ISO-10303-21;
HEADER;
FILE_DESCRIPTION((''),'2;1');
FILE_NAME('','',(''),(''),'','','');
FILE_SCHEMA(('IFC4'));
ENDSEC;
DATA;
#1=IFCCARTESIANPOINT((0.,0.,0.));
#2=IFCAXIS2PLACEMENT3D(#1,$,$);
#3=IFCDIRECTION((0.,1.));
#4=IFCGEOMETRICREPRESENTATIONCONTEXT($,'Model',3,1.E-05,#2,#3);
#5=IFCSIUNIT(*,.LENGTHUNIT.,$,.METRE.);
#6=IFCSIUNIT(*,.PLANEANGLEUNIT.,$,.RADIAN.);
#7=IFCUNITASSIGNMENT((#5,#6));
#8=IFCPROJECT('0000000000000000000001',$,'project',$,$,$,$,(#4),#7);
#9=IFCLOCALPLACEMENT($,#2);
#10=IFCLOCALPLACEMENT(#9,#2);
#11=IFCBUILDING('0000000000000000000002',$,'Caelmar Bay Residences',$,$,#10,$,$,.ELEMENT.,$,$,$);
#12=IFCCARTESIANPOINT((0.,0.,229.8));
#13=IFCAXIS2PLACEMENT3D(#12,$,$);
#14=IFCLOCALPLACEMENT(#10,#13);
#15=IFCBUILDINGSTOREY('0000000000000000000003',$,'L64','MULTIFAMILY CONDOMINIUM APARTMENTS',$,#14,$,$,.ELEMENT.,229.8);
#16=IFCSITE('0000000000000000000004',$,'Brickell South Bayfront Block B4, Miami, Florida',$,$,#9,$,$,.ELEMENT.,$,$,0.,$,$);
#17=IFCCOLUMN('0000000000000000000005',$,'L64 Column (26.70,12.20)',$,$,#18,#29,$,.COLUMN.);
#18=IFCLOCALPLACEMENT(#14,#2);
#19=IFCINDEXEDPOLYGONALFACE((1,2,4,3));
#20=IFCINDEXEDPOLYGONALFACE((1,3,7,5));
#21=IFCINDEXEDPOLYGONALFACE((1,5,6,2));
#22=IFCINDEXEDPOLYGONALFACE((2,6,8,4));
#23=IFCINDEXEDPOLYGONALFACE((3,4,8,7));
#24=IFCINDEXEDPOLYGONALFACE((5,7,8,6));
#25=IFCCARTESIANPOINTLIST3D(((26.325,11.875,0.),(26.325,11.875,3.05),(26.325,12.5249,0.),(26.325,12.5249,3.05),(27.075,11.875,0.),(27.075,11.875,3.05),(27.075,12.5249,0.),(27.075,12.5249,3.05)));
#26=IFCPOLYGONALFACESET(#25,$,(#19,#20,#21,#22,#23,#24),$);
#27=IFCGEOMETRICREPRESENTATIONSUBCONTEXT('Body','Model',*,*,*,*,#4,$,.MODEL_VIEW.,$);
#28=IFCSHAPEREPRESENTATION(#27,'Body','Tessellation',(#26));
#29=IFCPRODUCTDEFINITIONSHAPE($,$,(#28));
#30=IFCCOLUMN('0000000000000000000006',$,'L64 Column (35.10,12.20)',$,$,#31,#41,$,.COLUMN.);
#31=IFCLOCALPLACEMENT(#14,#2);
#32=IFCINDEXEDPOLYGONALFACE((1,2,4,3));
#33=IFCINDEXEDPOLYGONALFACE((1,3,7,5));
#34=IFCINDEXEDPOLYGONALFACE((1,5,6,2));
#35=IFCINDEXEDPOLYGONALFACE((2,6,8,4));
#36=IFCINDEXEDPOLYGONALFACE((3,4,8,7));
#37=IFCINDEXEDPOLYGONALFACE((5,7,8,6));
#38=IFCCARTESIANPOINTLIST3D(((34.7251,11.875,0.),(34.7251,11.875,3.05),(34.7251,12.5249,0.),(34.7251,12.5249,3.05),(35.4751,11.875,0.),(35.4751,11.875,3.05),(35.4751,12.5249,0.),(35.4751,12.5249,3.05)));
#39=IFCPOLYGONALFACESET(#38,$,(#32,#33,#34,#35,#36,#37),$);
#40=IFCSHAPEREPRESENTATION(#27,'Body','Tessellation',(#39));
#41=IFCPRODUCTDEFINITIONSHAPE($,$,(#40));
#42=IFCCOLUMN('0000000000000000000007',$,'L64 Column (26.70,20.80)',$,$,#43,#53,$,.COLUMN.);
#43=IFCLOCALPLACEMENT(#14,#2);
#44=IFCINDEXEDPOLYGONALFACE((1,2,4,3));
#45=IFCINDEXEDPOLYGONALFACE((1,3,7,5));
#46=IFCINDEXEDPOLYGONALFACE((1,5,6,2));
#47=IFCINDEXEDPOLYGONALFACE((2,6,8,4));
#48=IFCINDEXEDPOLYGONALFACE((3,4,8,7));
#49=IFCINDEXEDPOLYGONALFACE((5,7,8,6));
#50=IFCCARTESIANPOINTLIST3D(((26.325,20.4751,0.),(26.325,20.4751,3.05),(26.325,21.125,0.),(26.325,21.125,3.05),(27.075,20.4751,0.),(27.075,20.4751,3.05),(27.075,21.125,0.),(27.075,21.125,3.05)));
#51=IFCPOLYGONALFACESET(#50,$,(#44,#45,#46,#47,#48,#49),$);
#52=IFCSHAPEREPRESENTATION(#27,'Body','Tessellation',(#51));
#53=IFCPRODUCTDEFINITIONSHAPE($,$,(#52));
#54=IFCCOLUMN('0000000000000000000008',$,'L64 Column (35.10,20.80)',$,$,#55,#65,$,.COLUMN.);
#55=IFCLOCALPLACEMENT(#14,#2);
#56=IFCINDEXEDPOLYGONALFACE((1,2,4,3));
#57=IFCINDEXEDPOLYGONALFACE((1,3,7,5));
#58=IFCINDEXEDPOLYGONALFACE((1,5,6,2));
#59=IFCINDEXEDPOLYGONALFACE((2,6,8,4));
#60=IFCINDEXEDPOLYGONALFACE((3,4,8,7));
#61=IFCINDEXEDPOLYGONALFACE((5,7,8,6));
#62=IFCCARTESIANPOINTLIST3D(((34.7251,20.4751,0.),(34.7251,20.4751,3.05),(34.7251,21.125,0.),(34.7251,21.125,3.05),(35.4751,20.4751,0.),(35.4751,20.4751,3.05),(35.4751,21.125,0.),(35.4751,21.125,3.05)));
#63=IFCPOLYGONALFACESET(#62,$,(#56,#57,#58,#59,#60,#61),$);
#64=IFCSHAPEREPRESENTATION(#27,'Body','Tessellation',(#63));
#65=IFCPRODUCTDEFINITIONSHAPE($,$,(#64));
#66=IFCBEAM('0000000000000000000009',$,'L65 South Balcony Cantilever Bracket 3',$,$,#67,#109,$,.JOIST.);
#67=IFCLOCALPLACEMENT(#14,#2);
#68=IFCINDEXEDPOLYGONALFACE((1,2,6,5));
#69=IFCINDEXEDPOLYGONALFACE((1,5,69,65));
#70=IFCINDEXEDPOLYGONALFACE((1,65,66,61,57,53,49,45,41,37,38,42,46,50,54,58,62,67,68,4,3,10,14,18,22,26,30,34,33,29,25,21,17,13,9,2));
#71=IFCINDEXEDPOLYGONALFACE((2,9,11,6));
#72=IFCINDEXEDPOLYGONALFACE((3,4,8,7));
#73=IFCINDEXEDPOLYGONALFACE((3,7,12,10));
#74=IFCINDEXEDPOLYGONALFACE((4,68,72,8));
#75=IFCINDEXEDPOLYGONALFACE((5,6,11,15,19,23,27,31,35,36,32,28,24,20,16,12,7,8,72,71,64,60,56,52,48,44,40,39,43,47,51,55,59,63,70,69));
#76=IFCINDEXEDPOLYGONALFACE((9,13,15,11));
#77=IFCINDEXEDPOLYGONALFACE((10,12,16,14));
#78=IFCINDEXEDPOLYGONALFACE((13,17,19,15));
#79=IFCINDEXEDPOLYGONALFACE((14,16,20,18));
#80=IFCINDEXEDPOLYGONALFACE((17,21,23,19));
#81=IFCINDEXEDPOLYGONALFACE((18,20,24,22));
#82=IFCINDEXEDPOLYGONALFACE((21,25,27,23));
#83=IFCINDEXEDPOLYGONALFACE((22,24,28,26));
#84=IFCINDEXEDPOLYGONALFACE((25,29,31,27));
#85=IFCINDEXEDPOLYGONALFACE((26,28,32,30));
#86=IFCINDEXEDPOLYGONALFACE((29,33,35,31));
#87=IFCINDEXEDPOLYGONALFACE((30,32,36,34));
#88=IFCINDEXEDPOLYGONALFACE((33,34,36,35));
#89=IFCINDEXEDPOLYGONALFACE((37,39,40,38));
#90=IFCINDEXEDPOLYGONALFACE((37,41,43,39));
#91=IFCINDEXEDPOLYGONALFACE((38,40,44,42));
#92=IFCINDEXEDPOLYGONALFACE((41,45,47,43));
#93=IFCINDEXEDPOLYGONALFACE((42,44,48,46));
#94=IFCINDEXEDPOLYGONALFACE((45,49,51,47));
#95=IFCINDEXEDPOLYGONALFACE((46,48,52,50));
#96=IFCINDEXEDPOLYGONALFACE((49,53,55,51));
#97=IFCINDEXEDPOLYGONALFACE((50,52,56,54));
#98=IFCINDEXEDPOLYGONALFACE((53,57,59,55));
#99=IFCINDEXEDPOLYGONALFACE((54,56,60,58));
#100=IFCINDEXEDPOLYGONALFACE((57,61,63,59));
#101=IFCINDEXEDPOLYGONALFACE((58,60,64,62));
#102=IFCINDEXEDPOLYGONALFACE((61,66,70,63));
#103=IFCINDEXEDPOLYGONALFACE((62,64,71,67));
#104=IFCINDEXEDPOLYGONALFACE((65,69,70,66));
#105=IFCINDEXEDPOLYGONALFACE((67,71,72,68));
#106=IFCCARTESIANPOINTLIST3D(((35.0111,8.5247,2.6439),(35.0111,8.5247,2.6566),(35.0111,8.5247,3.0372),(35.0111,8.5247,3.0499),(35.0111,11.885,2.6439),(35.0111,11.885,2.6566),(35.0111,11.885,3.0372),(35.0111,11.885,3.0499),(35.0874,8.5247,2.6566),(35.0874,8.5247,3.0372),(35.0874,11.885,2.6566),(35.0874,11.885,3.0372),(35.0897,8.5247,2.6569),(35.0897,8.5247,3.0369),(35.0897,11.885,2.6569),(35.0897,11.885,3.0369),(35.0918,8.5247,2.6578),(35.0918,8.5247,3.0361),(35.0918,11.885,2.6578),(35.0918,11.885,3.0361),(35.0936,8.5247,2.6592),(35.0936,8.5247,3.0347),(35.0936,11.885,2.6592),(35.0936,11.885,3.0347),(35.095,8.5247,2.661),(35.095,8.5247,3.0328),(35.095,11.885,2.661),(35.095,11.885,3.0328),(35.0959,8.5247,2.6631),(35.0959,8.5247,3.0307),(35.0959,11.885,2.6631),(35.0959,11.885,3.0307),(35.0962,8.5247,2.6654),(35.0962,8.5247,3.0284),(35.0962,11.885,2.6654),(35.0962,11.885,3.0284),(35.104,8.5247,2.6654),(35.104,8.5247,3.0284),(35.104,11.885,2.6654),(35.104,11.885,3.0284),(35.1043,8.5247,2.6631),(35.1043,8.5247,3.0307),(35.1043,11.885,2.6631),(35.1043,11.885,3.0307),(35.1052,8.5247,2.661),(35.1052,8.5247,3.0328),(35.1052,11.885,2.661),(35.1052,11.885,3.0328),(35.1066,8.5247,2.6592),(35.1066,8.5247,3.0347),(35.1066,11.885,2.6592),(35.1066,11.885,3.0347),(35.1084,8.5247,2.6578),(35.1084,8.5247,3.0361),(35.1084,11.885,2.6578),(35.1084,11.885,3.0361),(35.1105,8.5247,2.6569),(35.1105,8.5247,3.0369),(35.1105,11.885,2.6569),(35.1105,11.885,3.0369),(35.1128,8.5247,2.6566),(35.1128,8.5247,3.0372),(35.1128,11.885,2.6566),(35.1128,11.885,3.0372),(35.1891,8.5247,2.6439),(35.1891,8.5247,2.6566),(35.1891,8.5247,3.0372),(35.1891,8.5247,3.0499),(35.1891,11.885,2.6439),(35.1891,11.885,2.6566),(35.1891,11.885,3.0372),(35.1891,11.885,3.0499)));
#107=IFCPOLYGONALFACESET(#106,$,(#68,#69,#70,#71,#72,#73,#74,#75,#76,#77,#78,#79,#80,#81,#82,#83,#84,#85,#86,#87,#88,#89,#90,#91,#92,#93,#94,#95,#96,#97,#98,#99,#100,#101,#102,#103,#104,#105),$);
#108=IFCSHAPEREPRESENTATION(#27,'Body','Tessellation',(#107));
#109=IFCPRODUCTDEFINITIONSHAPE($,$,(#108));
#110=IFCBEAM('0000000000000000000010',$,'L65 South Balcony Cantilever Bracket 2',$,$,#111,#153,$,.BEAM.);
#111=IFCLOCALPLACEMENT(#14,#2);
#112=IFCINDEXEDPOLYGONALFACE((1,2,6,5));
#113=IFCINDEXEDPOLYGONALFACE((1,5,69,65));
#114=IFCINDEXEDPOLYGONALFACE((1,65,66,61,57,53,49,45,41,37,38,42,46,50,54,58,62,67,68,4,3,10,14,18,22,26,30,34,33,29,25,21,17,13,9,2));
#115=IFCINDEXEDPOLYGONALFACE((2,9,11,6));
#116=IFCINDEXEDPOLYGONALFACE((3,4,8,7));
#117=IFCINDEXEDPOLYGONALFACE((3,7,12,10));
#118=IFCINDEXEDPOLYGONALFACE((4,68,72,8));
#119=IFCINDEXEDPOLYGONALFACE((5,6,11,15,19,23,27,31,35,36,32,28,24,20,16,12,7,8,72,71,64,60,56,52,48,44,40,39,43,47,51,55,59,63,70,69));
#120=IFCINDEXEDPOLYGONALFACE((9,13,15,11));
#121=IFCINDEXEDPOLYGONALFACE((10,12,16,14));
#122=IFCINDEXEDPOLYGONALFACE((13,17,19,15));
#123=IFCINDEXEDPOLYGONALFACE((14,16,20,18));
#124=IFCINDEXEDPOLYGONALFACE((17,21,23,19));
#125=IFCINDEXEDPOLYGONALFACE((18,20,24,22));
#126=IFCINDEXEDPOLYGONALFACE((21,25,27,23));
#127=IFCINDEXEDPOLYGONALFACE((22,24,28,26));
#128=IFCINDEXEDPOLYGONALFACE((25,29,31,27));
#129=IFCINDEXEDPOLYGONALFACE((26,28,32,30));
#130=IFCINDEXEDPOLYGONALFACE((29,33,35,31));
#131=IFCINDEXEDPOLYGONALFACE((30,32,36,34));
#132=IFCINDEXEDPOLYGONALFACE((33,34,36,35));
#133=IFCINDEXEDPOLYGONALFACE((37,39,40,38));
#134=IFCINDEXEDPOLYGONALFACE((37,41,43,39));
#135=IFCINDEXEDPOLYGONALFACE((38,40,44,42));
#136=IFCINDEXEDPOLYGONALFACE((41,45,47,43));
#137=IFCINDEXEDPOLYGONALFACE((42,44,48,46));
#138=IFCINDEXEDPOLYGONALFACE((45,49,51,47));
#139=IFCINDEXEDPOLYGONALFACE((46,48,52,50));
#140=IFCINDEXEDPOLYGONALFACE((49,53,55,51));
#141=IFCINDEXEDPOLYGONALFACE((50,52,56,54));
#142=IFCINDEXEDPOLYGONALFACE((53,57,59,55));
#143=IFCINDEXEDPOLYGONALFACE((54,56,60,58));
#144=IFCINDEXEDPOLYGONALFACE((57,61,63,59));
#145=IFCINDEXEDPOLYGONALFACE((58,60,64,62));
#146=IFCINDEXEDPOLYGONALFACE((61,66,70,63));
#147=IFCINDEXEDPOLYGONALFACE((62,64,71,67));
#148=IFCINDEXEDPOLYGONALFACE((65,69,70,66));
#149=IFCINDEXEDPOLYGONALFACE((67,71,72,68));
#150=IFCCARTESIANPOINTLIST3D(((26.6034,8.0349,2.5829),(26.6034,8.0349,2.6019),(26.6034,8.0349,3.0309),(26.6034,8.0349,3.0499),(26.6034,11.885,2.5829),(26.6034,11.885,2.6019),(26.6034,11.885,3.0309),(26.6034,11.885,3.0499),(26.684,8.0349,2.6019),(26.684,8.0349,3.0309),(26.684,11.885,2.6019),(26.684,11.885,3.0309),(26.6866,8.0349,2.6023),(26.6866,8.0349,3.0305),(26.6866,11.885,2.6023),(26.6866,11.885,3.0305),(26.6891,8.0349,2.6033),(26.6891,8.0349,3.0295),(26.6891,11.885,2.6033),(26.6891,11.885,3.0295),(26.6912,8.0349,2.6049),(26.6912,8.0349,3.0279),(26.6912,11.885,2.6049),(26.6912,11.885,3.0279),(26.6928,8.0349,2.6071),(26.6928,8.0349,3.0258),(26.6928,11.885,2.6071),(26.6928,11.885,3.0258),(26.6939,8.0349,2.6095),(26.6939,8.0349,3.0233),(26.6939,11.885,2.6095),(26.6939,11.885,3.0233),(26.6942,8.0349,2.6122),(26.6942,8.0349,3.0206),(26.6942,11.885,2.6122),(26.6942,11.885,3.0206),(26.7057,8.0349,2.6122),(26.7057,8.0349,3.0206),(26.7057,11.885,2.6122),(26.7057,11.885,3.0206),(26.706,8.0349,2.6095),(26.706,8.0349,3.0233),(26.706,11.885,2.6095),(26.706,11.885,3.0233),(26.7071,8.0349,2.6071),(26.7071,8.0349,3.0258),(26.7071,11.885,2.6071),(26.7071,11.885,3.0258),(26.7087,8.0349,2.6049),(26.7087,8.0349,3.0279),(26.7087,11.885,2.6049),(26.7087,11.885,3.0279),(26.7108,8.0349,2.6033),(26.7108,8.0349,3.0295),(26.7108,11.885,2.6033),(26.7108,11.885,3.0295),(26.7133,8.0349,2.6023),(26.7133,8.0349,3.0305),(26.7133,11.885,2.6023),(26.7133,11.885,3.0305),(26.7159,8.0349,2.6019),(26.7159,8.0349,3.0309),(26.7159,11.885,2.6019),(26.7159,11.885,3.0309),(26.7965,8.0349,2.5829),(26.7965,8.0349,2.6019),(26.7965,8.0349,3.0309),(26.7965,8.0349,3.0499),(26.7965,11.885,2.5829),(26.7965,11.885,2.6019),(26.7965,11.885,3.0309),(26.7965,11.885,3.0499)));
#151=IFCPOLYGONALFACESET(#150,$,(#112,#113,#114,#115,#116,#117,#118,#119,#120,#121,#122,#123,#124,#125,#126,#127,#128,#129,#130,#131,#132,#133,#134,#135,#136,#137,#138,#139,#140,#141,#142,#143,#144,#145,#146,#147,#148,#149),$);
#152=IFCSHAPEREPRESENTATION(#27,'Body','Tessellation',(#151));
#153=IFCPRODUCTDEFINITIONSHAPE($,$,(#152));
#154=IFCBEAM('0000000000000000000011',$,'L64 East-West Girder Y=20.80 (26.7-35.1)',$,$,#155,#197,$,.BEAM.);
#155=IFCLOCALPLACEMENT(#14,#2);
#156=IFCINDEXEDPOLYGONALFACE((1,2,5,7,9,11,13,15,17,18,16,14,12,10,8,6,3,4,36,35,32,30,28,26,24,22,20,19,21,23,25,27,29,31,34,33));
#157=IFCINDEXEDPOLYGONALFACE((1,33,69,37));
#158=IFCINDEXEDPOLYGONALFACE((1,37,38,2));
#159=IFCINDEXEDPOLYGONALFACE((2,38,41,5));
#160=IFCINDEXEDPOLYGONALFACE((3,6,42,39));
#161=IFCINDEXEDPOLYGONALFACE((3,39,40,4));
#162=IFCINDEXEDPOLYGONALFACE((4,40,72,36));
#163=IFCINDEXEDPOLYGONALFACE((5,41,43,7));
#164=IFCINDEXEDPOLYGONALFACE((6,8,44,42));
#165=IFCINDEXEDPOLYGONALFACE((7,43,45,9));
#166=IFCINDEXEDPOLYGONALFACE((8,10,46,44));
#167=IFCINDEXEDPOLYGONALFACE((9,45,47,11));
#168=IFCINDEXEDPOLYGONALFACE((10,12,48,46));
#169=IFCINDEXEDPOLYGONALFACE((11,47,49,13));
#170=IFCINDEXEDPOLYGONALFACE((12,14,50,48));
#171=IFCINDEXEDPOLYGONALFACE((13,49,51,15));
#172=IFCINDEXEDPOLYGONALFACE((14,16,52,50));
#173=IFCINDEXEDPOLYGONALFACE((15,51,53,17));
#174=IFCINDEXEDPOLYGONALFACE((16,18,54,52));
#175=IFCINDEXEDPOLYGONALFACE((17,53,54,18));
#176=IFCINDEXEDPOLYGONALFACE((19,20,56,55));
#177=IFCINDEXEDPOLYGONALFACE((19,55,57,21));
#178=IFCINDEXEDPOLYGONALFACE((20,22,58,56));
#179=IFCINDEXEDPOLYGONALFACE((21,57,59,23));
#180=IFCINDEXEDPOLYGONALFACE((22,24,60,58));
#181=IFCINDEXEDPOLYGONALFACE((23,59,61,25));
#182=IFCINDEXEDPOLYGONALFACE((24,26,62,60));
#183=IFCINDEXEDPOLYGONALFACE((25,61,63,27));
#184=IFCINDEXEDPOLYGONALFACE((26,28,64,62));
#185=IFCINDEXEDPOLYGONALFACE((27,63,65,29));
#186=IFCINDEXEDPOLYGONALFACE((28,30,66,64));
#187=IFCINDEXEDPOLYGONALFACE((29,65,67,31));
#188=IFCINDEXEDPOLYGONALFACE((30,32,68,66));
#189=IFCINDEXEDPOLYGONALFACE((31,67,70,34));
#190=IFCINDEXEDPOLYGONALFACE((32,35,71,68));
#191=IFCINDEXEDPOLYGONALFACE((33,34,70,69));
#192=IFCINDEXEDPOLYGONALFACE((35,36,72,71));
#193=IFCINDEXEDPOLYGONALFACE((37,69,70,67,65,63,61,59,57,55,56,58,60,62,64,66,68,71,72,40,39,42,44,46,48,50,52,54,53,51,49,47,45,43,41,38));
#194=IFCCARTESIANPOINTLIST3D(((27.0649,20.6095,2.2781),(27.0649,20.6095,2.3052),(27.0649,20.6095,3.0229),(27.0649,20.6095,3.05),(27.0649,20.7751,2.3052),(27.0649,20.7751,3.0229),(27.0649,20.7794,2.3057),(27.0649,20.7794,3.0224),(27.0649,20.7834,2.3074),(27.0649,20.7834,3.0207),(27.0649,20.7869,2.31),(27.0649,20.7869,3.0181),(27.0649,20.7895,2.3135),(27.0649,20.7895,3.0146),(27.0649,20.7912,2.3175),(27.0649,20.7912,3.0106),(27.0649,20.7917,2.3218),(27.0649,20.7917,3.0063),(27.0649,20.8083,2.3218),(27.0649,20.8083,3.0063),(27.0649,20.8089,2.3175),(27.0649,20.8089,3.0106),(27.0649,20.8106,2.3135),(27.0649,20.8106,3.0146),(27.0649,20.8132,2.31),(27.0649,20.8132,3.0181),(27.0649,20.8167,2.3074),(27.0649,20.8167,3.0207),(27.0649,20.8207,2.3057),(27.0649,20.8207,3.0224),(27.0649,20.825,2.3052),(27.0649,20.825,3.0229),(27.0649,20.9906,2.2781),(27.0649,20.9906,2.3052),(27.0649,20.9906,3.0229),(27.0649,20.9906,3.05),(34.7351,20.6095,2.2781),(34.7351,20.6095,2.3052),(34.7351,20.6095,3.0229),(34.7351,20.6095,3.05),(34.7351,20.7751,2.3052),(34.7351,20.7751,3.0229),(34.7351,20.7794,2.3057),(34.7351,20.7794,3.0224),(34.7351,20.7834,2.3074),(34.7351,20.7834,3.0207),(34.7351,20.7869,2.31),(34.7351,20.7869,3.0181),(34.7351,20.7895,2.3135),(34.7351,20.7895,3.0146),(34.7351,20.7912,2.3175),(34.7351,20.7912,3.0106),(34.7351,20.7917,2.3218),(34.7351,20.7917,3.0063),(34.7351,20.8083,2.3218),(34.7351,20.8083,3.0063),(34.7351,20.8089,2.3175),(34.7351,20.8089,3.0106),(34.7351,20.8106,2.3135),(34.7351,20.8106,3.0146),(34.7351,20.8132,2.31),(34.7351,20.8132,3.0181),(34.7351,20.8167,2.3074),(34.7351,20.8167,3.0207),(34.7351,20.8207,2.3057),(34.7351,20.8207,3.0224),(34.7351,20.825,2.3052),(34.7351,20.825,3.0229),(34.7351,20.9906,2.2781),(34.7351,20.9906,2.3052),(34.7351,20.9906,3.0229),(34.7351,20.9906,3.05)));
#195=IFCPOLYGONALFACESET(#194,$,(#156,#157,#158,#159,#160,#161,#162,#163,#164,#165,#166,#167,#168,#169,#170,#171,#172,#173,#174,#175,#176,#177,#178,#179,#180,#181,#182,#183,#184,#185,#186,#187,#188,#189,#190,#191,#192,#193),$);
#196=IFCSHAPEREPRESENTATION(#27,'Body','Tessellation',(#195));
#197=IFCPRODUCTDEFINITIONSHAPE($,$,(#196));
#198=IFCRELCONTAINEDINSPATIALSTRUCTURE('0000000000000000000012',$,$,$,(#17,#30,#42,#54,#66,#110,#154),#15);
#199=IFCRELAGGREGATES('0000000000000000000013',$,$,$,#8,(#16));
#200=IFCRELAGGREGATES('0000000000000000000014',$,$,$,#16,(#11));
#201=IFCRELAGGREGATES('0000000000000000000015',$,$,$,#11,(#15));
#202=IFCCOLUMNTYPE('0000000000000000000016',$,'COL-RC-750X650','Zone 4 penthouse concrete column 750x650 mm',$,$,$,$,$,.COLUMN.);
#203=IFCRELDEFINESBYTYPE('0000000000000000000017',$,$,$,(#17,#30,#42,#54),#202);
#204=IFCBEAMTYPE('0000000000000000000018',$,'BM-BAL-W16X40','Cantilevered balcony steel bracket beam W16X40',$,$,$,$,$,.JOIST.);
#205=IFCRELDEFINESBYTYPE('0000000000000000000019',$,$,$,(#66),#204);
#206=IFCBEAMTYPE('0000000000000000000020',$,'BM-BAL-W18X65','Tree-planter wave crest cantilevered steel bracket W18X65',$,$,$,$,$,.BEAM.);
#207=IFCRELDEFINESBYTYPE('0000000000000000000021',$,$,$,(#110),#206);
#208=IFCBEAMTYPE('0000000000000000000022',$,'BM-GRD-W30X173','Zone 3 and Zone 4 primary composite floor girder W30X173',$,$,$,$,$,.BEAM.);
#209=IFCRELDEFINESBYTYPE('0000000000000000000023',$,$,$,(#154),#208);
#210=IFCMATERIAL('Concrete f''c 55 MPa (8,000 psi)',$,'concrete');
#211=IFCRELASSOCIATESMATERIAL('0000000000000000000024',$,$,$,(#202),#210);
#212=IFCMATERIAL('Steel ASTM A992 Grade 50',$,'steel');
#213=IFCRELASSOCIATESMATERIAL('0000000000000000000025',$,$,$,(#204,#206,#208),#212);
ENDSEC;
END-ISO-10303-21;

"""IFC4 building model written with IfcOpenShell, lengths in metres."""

from ifc_helpers import new_model, si_unit, direction, frame, origin, origin_2d, place, context, subcontext, project, spatial, rectangle, i_section, extrude, material, material_profile, profile_set, type_object, element, save


model = new_model("IFC4")

# Units and contexts
model_context = context("Model", 3, precision=1e-05, world=origin(), true_north=direction((0.0, 1.0)))
body_context = subcontext(model_context, "Body", "Model", "MODEL_VIEW")
ifc_project = project(units=[si_unit("LENGTHUNIT", "METRE"), si_unit("PLANEANGLEUNIT", "RADIAN")], contexts=[model_context])

# Site, building, storey
site_placement = place(None, origin())
site = spatial("IfcSite", under=ifc_project, at=site_placement, Name="Brickell South Bayfront Block B4, Miami, Florida", CompositionType="ELEMENT", RefElevation=0.0)
building_placement = place(site_placement, origin())
building = spatial("IfcBuilding", under=site, at=building_placement, Name="Caelmar Bay Residences", CompositionType="ELEMENT")
storey_placement = place(building_placement, frame((0.0, 0.0, 229.8)))
storey = spatial("IfcBuildingStorey", under=building, at=storey_placement, Name="L64", Description="MULTIFAMILY CONDOMINIUM APARTMENTS", CompositionType="ELEMENT", Elevation=229.8)

# Columns
ifc_material_1 = material(Name="Concrete f'c 55 MPa (8,000 psi)", Category="concrete")
ifc_material_profile_1 = material_profile(ifc_material_1, rectangle(XDim=0.75, YDim=0.6499, at=origin_2d()), Name="RC-COL-750X650")
ifc_profile_set_1 = profile_set([ifc_material_profile_1], Name="Concrete f'c 55 MPa (8,000 psi)")
column_type = type_object("IfcColumnType", Name="COL-RC-750X650", Description="Zone 4 penthouse concrete column 750x650 mm", PredefinedType="COLUMN", material=ifc_profile_set_1)
for number, where, z_axis, x_axis, name in (
    (1, (26.7, 12.2, 0.0), (0.0, 0.0, 1.0), (1.0, 0.0, 0.0), "L64 Column (26.70,12.20)"),
    (2, (35.1001, 12.2, 0.0), (0.0, 0.0, 1.0), (1.0, 0.0, 0.0), "L64 Column (35.10,12.20)"),
    (3, (26.7, 20.8, 0.0), (0.0, 0.0, 1.0), (1.0, 0.0, 0.0), "L64 Column (26.70,20.80)"),
    (4, (35.1001, 20.8, 0.0), (0.0, 0.0, 1.0), (1.0, 0.0, 0.0), "L64 Column (35.10,20.80)"),
):
    element("IfcColumn", number, at=place(storey_placement, frame(where, z_axis=z_axis, x_axis=x_axis)), inside=storey, type_object=column_type, Name=name, PredefinedType="COLUMN", context=body_context, shape_type="SweptSolid", body=[
        extrude(rectangle(XDim=0.75, YDim=0.6499, at=origin_2d()), origin(), (0.0, 0.0, 1.0), 3.05),
    ])

# Beams
ifc_material_2 = material(Name="Steel ASTM A992 Grade 50", Category="steel")
ifc_material_profile_2 = material_profile(ifc_material_2, i_section(OverallWidth=0.178, OverallDepth=0.406, WebThickness=0.0078, FlangeThickness=0.0127, FilletRadius=0.0088, at=origin_2d()), Name="W16X40")
ifc_profile_set_2 = profile_set([ifc_material_profile_2], Name="Steel ASTM A992 Grade 50")
beam_type_1 = type_object("IfcBeamType", Name="BM-BAL-W16X40", Description="Cantilevered balcony steel bracket beam W16X40", PredefinedType="JOIST", material=ifc_profile_set_2)
beam_1_placement = place(storey_placement, frame((35.1001, 11.885, 2.8469), z_axis=(0.0, -1.0, 0.0), x_axis=(1.0, 0.0, 0.0)))
element("IfcBeam", 5, at=beam_1_placement, inside=storey, type_object=beam_type_1, Name="L65 South Balcony Cantilever Bracket 3", PredefinedType="JOIST", context=body_context, shape_type="SweptSolid", body=[
    extrude(i_section(OverallWidth=0.178, OverallDepth=0.406, WebThickness=0.0078, FlangeThickness=0.0127, FilletRadius=0.0088, at=origin_2d()), origin(), (0.0, 0.0, 1.0), 3.3604),
])
ifc_material_profile_3 = material_profile(ifc_material_2, i_section(OverallWidth=0.1931, OverallDepth=0.467, WebThickness=0.0115, FlangeThickness=0.019, FilletRadius=0.0103, at=origin_2d()), Name="W18X65")
ifc_profile_set_3 = profile_set([ifc_material_profile_3], Name="Steel ASTM A992 Grade 50")
beam_type_2 = type_object("IfcBeamType", Name="BM-BAL-W18X65", Description="Tree-planter wave crest cantilevered steel bracket W18X65", PredefinedType="BEAM", material=ifc_profile_set_3)
beam_2_placement = place(storey_placement, frame((26.7, 11.885, 2.8164), z_axis=(0.0, -1.0, 0.0), x_axis=(1.0, 0.0, 0.0)))
element("IfcBeam", 6, at=beam_2_placement, inside=storey, type_object=beam_type_2, Name="L65 South Balcony Cantilever Bracket 2", PredefinedType="BEAM", context=body_context, shape_type="SweptSolid", body=[
    extrude(i_section(OverallWidth=0.1931, OverallDepth=0.467, WebThickness=0.0115, FlangeThickness=0.019, FilletRadius=0.0103, at=origin_2d()), origin(), (0.0, 0.0, 1.0), 3.8501),
])
ifc_material_profile_4 = material_profile(ifc_material_2, i_section(OverallWidth=0.3811, OverallDepth=0.772, WebThickness=0.0166, FlangeThickness=0.0271, FilletRadius=0.0166, at=origin_2d()), Name="W30X173")
ifc_profile_set_4 = profile_set([ifc_material_profile_4], Name="Steel ASTM A992 Grade 50")
beam_type_3 = type_object("IfcBeamType", Name="BM-GRD-W30X173", Description="Zone 3 and Zone 4 primary composite floor girder W30X173", PredefinedType="BEAM", material=ifc_profile_set_4)
beam_3_placement = place(storey_placement, frame((27.0649, 20.8, 2.6641), z_axis=(1.0, 0.0, 0.0), x_axis=(0.0, 1.0, 0.0)))
element("IfcBeam", 7, at=beam_3_placement, inside=storey, type_object=beam_type_3, Name="L64 East-West Girder Y=20.80 (26.7-35.1)", PredefinedType="BEAM", context=body_context, shape_type="SweptSolid", body=[
    extrude(i_section(OverallWidth=0.3811, OverallDepth=0.772, WebThickness=0.0166, FlangeThickness=0.0271, FilletRadius=0.0166, at=origin_2d()), origin(), (0.0, 0.0, 1.0), 7.6702),
])

save(model, "model.ifc")
